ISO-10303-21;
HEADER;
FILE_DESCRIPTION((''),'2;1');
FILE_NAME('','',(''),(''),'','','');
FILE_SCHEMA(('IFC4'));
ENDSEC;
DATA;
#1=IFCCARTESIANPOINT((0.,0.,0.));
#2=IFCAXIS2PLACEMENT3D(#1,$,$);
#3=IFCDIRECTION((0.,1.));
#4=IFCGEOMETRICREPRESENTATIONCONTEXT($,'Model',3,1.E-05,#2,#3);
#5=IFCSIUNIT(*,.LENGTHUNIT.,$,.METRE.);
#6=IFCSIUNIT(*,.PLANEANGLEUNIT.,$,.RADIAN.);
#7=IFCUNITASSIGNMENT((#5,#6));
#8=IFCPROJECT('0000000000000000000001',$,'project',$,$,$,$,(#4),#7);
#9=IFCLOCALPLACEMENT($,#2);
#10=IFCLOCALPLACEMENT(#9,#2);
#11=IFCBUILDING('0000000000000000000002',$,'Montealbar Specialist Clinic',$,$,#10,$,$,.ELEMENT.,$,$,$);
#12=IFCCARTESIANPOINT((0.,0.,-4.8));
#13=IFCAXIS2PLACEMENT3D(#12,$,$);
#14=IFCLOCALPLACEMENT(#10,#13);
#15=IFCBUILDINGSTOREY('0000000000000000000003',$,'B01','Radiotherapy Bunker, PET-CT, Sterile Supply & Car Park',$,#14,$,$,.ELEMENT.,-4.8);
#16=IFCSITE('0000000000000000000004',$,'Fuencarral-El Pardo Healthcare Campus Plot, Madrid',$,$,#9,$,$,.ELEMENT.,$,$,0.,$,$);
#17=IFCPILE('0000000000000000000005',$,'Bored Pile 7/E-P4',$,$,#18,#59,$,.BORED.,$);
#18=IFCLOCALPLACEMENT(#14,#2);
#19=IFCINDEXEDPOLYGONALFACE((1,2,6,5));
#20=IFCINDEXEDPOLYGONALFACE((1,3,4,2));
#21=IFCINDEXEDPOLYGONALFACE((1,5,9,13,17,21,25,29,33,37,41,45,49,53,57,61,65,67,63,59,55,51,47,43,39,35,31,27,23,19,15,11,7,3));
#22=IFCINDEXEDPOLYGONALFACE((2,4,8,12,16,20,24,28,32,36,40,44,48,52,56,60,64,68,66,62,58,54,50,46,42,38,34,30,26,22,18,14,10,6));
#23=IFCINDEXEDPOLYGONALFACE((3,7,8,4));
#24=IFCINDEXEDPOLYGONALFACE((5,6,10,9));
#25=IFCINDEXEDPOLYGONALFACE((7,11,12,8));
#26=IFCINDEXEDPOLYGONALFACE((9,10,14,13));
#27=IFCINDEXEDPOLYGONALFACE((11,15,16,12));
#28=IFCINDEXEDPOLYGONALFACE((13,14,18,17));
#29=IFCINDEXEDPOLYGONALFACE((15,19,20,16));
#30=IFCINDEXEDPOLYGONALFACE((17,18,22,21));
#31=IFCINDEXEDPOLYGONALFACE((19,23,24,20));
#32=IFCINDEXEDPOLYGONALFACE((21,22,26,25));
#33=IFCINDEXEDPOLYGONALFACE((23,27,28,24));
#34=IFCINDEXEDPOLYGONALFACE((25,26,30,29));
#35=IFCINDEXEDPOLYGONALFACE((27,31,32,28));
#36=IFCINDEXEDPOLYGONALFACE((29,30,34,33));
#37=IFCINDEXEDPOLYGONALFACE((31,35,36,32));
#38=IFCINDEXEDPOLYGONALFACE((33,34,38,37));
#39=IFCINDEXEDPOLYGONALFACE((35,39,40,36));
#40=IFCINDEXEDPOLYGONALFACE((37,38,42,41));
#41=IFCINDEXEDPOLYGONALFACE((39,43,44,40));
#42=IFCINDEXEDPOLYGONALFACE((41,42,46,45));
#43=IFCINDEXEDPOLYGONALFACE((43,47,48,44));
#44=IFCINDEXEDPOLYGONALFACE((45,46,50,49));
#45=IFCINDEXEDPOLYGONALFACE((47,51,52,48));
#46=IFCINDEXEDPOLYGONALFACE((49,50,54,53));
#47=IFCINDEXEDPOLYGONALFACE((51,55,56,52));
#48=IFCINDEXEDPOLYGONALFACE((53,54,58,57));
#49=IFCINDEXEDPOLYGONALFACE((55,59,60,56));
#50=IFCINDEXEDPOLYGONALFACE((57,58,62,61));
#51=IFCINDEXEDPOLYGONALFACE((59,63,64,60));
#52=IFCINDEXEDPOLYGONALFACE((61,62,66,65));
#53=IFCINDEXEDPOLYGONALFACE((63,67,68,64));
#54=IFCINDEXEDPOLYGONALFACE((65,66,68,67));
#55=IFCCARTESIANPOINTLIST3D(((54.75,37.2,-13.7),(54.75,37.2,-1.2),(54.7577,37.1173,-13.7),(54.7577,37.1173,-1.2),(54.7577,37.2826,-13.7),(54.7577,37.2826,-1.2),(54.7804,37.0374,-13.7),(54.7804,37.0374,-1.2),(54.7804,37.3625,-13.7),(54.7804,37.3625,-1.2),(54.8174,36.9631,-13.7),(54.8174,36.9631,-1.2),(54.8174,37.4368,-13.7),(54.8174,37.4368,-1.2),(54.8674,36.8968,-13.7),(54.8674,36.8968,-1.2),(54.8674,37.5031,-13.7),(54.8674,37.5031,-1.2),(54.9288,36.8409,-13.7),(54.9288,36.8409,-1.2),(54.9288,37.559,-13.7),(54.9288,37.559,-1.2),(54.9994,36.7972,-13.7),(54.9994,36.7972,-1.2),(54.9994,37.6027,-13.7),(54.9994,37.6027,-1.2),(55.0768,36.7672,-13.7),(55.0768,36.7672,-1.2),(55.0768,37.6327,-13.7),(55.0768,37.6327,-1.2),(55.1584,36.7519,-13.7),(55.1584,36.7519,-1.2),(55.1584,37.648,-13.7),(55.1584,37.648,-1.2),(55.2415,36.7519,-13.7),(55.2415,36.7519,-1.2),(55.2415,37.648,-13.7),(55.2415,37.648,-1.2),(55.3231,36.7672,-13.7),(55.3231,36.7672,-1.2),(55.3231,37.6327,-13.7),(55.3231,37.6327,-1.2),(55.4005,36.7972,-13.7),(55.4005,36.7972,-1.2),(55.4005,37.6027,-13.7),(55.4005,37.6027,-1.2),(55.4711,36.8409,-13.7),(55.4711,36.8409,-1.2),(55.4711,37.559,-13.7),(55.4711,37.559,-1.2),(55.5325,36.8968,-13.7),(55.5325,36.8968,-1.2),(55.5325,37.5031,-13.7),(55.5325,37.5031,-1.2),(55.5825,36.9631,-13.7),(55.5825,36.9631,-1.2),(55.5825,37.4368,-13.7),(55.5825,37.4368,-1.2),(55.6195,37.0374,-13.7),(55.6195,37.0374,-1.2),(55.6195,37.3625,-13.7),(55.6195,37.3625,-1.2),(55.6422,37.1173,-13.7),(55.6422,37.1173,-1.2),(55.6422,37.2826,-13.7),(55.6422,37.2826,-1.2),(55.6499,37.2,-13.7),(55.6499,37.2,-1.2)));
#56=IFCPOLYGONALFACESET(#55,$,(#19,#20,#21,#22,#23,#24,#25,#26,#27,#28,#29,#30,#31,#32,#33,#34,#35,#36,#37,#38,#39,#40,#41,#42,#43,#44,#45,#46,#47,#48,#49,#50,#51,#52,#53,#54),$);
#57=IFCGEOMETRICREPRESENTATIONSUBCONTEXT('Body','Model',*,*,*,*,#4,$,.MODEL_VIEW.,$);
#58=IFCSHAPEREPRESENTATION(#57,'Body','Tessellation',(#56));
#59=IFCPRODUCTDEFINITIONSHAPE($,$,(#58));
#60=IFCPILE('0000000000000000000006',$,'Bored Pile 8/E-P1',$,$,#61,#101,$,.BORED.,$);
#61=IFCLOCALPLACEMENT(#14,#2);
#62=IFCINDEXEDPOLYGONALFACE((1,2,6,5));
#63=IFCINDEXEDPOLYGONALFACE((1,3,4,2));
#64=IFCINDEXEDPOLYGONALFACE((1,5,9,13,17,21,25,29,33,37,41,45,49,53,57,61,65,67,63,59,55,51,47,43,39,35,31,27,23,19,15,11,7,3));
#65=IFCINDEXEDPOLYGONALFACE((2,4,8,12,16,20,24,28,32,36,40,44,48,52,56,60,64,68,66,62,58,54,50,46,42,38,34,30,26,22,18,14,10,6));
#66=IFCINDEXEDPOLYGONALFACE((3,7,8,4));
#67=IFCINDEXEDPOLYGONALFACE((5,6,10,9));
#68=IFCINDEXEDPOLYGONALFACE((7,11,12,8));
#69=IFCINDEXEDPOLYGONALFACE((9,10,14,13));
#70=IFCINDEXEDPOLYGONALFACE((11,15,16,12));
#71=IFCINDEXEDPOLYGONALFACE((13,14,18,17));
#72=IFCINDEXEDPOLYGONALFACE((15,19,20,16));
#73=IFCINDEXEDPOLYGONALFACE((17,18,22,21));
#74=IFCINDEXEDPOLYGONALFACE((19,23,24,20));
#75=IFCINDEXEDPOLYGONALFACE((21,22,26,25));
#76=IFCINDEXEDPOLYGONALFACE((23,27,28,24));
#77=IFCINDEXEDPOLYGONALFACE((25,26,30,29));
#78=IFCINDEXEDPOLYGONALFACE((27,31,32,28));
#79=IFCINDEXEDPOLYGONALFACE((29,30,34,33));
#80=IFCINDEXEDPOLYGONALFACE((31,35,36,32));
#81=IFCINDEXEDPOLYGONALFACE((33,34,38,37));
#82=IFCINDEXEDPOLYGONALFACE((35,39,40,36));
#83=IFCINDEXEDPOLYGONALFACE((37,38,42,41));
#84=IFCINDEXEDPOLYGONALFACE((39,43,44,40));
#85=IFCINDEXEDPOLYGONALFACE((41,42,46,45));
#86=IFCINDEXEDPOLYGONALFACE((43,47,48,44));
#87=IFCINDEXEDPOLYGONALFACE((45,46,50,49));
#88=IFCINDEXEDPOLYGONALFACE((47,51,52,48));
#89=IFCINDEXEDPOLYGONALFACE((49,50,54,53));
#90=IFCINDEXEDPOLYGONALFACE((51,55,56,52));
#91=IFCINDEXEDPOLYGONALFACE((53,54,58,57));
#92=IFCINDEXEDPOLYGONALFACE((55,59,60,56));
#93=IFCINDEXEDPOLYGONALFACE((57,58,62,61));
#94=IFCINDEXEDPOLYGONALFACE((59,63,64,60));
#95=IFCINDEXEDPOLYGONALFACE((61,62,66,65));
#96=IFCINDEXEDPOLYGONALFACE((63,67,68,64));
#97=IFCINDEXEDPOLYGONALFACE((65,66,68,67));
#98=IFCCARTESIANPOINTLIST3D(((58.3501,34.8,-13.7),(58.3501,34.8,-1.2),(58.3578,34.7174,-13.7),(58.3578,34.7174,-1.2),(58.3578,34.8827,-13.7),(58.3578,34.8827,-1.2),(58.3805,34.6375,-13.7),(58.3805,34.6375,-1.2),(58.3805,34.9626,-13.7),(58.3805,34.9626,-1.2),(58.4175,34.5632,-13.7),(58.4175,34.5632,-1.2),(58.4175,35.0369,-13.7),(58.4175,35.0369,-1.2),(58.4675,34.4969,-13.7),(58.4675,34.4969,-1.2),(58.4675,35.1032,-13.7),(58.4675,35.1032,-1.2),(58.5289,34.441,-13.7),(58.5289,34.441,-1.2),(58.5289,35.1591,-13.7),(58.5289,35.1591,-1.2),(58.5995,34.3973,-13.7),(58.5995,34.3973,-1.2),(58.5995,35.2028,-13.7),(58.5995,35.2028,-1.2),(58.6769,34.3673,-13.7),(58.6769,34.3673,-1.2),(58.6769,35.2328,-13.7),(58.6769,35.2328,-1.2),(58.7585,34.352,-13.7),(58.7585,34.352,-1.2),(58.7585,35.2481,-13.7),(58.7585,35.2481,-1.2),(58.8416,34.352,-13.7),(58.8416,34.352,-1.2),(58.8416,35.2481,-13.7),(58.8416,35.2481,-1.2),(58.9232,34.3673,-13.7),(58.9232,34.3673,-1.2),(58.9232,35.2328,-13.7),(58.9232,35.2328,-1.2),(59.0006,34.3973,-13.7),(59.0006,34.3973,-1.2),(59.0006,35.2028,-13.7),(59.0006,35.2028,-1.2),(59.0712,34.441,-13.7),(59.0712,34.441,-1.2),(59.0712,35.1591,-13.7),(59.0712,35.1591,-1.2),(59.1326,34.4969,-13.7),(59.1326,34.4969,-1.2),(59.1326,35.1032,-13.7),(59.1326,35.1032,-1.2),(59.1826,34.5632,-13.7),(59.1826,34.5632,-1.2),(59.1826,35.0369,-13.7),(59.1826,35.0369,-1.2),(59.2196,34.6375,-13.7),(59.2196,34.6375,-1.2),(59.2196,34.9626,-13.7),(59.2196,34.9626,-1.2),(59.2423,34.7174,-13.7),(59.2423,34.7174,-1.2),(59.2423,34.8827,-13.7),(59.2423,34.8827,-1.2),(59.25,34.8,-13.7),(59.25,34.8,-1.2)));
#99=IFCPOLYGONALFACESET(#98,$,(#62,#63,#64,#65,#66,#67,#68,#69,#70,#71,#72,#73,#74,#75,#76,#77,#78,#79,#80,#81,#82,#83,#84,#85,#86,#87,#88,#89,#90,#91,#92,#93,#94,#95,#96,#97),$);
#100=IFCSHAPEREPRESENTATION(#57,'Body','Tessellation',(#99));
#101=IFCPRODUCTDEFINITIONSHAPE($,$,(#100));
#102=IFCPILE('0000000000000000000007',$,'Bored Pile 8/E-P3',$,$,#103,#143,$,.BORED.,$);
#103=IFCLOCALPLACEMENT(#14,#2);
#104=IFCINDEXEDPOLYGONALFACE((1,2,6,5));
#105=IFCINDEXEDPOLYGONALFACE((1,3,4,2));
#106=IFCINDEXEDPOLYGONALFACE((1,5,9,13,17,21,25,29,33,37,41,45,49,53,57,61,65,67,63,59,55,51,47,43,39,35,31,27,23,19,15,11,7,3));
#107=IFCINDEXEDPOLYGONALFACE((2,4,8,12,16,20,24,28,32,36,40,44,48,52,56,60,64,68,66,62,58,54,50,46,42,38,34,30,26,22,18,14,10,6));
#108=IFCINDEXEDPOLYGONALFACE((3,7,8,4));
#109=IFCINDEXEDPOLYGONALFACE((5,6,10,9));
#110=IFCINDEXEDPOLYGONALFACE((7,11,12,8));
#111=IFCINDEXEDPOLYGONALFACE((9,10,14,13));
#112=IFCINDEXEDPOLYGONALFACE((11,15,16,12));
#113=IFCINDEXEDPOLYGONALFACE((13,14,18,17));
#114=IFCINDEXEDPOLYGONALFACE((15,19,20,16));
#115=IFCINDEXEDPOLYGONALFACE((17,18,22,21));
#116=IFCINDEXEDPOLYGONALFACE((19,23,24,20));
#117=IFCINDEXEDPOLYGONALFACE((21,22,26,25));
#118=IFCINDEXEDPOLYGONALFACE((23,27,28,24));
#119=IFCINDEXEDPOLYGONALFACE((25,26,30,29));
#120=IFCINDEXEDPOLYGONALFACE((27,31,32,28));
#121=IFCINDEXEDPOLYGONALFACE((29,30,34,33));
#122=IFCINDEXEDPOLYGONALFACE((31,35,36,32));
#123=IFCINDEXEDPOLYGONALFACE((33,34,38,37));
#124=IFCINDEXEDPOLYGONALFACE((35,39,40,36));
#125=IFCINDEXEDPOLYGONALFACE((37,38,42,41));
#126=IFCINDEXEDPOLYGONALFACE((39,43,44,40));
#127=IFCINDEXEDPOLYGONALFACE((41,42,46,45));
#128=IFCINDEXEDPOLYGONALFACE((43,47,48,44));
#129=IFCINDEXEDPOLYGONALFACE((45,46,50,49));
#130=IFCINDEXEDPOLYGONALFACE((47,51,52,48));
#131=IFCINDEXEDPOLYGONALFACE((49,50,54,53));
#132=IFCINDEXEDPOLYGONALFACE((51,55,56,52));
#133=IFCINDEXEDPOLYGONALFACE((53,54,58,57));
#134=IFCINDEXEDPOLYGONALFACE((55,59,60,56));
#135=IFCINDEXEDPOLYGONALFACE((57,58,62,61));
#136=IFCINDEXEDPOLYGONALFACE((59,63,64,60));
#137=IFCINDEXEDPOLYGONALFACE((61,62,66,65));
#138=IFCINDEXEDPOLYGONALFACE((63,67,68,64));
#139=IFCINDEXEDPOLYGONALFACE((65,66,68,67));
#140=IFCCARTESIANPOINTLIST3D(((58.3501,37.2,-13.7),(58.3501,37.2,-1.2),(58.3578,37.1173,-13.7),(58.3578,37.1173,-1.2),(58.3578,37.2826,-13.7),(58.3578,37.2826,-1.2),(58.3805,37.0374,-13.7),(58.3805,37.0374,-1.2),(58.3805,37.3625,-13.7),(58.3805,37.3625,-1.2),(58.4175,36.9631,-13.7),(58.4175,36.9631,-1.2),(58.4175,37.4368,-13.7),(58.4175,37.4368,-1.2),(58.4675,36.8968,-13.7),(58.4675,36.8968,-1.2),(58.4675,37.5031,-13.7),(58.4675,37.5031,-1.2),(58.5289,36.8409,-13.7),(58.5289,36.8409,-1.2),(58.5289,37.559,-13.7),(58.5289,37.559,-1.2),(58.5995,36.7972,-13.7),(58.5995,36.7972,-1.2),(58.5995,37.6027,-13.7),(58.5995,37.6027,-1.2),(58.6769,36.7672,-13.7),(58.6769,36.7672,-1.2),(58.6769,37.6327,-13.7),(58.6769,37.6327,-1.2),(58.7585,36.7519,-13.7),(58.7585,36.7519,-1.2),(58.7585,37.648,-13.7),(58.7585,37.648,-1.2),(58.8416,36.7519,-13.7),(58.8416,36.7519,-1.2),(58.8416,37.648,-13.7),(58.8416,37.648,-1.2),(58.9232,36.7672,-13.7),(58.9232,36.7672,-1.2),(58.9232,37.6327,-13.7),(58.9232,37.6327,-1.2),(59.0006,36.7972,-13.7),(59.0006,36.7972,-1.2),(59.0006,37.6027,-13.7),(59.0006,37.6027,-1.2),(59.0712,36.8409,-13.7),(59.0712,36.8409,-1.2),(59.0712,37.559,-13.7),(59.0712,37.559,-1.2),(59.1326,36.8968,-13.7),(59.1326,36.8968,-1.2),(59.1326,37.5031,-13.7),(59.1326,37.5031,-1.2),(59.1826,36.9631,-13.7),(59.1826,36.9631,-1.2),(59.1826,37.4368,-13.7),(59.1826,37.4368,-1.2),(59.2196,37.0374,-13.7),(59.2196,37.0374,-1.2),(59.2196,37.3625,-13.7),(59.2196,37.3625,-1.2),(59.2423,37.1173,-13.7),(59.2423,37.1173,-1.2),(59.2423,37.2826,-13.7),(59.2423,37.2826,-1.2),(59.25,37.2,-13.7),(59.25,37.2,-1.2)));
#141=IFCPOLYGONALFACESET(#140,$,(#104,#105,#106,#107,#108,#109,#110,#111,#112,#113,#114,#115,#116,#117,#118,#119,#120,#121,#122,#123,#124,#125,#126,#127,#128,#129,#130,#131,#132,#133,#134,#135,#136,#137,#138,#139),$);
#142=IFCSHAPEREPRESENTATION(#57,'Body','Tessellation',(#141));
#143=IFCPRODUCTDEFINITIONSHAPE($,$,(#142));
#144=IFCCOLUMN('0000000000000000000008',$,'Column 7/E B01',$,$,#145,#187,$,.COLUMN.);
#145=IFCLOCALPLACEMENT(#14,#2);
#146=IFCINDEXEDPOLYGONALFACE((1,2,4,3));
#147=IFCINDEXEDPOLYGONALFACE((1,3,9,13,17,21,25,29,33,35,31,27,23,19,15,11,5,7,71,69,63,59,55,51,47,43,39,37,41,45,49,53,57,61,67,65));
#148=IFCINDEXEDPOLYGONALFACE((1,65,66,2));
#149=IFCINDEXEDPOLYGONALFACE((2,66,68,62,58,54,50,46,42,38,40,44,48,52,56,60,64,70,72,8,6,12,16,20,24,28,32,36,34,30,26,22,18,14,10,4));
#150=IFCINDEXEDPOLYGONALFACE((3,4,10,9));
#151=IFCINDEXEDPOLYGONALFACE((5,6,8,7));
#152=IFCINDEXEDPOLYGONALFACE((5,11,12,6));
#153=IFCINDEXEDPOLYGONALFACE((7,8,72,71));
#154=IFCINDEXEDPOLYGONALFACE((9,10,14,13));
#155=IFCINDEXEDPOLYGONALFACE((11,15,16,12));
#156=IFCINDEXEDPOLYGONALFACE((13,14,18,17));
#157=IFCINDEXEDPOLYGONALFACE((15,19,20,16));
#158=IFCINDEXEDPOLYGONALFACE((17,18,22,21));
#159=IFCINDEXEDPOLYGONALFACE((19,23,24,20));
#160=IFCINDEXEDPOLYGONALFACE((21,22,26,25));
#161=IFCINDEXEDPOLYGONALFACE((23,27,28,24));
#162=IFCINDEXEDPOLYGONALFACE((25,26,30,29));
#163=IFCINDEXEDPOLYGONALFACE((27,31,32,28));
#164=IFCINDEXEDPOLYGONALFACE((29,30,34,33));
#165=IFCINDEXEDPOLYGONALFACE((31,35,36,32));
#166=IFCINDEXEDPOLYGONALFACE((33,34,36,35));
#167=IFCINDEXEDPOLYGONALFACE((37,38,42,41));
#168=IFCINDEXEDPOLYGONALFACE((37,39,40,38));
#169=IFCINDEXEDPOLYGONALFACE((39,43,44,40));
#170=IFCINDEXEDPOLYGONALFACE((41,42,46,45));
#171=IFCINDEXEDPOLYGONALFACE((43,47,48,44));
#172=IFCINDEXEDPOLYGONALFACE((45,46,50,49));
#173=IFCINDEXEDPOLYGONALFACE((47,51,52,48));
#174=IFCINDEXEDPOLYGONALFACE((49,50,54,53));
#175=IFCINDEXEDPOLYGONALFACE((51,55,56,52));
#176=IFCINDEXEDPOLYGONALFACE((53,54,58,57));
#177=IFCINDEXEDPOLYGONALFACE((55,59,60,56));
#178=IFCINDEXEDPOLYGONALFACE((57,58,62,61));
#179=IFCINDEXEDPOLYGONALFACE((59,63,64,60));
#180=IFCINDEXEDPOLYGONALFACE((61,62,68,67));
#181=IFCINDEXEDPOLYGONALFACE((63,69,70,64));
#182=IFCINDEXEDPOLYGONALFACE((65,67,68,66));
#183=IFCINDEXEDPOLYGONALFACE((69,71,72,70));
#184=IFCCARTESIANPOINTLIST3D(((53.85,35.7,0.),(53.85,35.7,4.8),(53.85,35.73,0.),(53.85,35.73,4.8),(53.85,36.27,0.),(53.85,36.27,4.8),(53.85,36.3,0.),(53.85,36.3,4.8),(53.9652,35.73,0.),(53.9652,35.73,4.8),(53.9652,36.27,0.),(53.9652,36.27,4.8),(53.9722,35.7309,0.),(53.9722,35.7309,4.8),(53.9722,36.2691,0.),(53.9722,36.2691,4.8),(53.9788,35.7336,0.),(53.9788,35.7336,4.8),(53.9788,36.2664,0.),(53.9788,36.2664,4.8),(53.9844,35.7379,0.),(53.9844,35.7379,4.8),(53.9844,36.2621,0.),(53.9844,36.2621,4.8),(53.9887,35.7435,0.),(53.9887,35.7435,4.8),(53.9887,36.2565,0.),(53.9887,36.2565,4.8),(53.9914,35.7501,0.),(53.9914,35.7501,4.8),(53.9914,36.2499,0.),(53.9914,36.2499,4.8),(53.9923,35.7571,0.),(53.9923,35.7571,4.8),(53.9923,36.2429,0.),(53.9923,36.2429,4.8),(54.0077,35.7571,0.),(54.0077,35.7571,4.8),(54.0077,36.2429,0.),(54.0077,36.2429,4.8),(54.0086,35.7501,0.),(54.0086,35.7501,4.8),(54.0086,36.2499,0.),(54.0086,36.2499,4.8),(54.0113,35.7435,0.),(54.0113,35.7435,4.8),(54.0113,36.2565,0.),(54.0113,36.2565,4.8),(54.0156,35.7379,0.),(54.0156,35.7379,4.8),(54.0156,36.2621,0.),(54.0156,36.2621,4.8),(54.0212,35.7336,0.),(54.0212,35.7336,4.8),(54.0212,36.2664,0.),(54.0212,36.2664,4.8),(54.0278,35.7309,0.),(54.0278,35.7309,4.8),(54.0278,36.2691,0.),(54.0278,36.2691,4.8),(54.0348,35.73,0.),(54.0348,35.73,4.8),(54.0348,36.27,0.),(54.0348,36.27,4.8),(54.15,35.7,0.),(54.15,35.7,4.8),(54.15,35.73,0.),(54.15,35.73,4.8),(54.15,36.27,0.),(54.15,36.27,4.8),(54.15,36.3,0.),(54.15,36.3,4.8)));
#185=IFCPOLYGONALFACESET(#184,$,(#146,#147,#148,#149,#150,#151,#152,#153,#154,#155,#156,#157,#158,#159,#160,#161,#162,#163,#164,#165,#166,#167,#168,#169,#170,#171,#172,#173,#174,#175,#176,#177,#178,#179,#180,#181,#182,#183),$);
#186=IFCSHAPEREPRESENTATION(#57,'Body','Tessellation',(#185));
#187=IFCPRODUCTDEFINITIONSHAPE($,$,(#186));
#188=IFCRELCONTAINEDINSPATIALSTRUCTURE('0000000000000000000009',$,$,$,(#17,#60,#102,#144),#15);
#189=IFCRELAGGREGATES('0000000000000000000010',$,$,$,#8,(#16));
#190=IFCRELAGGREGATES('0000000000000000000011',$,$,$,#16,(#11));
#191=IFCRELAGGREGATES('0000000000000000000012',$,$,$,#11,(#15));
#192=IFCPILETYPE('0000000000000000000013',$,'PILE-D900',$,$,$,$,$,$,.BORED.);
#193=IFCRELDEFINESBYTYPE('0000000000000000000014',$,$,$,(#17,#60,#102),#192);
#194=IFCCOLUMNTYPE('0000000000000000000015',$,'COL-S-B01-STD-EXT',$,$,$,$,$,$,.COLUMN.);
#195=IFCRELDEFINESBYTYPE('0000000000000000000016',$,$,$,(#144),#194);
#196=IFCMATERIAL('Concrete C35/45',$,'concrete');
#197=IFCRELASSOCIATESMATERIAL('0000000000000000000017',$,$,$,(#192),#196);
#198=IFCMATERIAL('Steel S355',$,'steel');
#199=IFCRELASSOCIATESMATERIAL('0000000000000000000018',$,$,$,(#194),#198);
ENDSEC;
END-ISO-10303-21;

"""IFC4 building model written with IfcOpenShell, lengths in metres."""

from ifc_helpers import new_model, si_unit, direction, frame, origin, origin_2d, place, context, subcontext, project, spatial, circle, i_section, extrude, material, material_profile, profile_set, type_object, element, save


model = new_model("IFC4")

# Units and contexts
model_context = context("Model", 3, precision=1e-05, world=origin(), true_north=direction((0.0, 1.0)))
body_context = subcontext(model_context, "Body", "Model", "MODEL_VIEW")
ifc_project = project(units=[si_unit("LENGTHUNIT", "METRE"), si_unit("PLANEANGLEUNIT", "RADIAN")], contexts=[model_context])

# Site, building, storey
site_placement = place(None, origin())
site = spatial("IfcSite", under=ifc_project, at=site_placement, Name="Fuencarral-El Pardo Healthcare Campus Plot, Madrid", CompositionType="ELEMENT", RefElevation=0.0)
building_placement = place(site_placement, origin())
building = spatial("IfcBuilding", under=site, at=building_placement, Name="Montealbar Specialist Clinic", CompositionType="ELEMENT")
storey_placement = place(building_placement, frame((0.0, 0.0, -4.8)))
storey = spatial("IfcBuildingStorey", under=building, at=storey_placement, Name="B01", Description="Radiotherapy Bunker, PET-CT, Sterile Supply & Car Park", CompositionType="ELEMENT", Elevation=-4.8)

# Shared definitions
ifc_material_1 = material(Name="Concrete C35/45", Category="concrete")

# Piles
ifc_material_profile_1 = material_profile(ifc_material_1, circle(Radius=0.45, at=origin_2d()), Name="PILE D900", Category="concrete")
ifc_profile_set_1 = profile_set([ifc_material_profile_1], Name="Concrete C35/45")
pile_type_1 = type_object("IfcPileType", Name="PILE-D900", PredefinedType="BORED", material=ifc_profile_set_1)
for number, where, z_axis, x_axis, name in (
    (1, (55.2, 37.2, -1.2), (0.0, 0.0, -1.0), (1.0, 0.0, 0.0), "Bored Pile 7/E-P4"),
    (2, (58.8, 34.8, -1.2), (0.0, 0.0, -1.0), (1.0, 0.0, 0.0), "Bored Pile 8/E-P1"),
    (3, (58.8, 37.2, -1.2), (0.0, 0.0, -1.0), (1.0, 0.0, 0.0), "Bored Pile 8/E-P3"),
):
    element("IfcPile", number, at=place(storey_placement, frame(where, z_axis=z_axis, x_axis=x_axis)), inside=storey, type_object=pile_type_1, Name=name, PredefinedType="BORED", context=body_context, shape_type="SweptSolid", body=[
        extrude(circle(Radius=0.45, at=origin_2d()), origin(), (0.0, 0.0, 1.0), 12.5),
    ])

# Column
ifc_material_2 = material(Name="Steel S355", Category="steel")
ifc_material_profile_2 = material_profile(ifc_material_2, i_section(OverallWidth=0.3, OverallDepth=0.6001, WebThickness=0.0154, FlangeThickness=0.03, FilletRadius=0.0271, at=origin_2d()), Name="HEB 600", Category="steel")
ifc_profile_set_2 = profile_set([ifc_material_profile_2], Name="Steel S355")
column_type_1 = type_object("IfcColumnType", Name="COL-S-B01-STD-EXT", PredefinedType="COLUMN", material=ifc_profile_set_2)
for number, where, z_axis, x_axis, name in (
    (4, (54.0, 36.0, 0.0), (0.0, 0.0, 1.0), (1.0, 0.0, 0.0), "Column 7/E B01"),
):
    element("IfcColumn", number, at=place(storey_placement, frame(where, z_axis=z_axis, x_axis=x_axis)), inside=storey, type_object=column_type_1, Name=name, PredefinedType="COLUMN", context=body_context, shape_type="SweptSolid", body=[
        extrude(i_section(OverallWidth=0.3, OverallDepth=0.6001, WebThickness=0.0154, FlangeThickness=0.03, FilletRadius=0.0271, at=origin_2d()), origin(), (0.0, 0.0, 1.0), 4.8),
    ])

save(model, "model.ifc")
